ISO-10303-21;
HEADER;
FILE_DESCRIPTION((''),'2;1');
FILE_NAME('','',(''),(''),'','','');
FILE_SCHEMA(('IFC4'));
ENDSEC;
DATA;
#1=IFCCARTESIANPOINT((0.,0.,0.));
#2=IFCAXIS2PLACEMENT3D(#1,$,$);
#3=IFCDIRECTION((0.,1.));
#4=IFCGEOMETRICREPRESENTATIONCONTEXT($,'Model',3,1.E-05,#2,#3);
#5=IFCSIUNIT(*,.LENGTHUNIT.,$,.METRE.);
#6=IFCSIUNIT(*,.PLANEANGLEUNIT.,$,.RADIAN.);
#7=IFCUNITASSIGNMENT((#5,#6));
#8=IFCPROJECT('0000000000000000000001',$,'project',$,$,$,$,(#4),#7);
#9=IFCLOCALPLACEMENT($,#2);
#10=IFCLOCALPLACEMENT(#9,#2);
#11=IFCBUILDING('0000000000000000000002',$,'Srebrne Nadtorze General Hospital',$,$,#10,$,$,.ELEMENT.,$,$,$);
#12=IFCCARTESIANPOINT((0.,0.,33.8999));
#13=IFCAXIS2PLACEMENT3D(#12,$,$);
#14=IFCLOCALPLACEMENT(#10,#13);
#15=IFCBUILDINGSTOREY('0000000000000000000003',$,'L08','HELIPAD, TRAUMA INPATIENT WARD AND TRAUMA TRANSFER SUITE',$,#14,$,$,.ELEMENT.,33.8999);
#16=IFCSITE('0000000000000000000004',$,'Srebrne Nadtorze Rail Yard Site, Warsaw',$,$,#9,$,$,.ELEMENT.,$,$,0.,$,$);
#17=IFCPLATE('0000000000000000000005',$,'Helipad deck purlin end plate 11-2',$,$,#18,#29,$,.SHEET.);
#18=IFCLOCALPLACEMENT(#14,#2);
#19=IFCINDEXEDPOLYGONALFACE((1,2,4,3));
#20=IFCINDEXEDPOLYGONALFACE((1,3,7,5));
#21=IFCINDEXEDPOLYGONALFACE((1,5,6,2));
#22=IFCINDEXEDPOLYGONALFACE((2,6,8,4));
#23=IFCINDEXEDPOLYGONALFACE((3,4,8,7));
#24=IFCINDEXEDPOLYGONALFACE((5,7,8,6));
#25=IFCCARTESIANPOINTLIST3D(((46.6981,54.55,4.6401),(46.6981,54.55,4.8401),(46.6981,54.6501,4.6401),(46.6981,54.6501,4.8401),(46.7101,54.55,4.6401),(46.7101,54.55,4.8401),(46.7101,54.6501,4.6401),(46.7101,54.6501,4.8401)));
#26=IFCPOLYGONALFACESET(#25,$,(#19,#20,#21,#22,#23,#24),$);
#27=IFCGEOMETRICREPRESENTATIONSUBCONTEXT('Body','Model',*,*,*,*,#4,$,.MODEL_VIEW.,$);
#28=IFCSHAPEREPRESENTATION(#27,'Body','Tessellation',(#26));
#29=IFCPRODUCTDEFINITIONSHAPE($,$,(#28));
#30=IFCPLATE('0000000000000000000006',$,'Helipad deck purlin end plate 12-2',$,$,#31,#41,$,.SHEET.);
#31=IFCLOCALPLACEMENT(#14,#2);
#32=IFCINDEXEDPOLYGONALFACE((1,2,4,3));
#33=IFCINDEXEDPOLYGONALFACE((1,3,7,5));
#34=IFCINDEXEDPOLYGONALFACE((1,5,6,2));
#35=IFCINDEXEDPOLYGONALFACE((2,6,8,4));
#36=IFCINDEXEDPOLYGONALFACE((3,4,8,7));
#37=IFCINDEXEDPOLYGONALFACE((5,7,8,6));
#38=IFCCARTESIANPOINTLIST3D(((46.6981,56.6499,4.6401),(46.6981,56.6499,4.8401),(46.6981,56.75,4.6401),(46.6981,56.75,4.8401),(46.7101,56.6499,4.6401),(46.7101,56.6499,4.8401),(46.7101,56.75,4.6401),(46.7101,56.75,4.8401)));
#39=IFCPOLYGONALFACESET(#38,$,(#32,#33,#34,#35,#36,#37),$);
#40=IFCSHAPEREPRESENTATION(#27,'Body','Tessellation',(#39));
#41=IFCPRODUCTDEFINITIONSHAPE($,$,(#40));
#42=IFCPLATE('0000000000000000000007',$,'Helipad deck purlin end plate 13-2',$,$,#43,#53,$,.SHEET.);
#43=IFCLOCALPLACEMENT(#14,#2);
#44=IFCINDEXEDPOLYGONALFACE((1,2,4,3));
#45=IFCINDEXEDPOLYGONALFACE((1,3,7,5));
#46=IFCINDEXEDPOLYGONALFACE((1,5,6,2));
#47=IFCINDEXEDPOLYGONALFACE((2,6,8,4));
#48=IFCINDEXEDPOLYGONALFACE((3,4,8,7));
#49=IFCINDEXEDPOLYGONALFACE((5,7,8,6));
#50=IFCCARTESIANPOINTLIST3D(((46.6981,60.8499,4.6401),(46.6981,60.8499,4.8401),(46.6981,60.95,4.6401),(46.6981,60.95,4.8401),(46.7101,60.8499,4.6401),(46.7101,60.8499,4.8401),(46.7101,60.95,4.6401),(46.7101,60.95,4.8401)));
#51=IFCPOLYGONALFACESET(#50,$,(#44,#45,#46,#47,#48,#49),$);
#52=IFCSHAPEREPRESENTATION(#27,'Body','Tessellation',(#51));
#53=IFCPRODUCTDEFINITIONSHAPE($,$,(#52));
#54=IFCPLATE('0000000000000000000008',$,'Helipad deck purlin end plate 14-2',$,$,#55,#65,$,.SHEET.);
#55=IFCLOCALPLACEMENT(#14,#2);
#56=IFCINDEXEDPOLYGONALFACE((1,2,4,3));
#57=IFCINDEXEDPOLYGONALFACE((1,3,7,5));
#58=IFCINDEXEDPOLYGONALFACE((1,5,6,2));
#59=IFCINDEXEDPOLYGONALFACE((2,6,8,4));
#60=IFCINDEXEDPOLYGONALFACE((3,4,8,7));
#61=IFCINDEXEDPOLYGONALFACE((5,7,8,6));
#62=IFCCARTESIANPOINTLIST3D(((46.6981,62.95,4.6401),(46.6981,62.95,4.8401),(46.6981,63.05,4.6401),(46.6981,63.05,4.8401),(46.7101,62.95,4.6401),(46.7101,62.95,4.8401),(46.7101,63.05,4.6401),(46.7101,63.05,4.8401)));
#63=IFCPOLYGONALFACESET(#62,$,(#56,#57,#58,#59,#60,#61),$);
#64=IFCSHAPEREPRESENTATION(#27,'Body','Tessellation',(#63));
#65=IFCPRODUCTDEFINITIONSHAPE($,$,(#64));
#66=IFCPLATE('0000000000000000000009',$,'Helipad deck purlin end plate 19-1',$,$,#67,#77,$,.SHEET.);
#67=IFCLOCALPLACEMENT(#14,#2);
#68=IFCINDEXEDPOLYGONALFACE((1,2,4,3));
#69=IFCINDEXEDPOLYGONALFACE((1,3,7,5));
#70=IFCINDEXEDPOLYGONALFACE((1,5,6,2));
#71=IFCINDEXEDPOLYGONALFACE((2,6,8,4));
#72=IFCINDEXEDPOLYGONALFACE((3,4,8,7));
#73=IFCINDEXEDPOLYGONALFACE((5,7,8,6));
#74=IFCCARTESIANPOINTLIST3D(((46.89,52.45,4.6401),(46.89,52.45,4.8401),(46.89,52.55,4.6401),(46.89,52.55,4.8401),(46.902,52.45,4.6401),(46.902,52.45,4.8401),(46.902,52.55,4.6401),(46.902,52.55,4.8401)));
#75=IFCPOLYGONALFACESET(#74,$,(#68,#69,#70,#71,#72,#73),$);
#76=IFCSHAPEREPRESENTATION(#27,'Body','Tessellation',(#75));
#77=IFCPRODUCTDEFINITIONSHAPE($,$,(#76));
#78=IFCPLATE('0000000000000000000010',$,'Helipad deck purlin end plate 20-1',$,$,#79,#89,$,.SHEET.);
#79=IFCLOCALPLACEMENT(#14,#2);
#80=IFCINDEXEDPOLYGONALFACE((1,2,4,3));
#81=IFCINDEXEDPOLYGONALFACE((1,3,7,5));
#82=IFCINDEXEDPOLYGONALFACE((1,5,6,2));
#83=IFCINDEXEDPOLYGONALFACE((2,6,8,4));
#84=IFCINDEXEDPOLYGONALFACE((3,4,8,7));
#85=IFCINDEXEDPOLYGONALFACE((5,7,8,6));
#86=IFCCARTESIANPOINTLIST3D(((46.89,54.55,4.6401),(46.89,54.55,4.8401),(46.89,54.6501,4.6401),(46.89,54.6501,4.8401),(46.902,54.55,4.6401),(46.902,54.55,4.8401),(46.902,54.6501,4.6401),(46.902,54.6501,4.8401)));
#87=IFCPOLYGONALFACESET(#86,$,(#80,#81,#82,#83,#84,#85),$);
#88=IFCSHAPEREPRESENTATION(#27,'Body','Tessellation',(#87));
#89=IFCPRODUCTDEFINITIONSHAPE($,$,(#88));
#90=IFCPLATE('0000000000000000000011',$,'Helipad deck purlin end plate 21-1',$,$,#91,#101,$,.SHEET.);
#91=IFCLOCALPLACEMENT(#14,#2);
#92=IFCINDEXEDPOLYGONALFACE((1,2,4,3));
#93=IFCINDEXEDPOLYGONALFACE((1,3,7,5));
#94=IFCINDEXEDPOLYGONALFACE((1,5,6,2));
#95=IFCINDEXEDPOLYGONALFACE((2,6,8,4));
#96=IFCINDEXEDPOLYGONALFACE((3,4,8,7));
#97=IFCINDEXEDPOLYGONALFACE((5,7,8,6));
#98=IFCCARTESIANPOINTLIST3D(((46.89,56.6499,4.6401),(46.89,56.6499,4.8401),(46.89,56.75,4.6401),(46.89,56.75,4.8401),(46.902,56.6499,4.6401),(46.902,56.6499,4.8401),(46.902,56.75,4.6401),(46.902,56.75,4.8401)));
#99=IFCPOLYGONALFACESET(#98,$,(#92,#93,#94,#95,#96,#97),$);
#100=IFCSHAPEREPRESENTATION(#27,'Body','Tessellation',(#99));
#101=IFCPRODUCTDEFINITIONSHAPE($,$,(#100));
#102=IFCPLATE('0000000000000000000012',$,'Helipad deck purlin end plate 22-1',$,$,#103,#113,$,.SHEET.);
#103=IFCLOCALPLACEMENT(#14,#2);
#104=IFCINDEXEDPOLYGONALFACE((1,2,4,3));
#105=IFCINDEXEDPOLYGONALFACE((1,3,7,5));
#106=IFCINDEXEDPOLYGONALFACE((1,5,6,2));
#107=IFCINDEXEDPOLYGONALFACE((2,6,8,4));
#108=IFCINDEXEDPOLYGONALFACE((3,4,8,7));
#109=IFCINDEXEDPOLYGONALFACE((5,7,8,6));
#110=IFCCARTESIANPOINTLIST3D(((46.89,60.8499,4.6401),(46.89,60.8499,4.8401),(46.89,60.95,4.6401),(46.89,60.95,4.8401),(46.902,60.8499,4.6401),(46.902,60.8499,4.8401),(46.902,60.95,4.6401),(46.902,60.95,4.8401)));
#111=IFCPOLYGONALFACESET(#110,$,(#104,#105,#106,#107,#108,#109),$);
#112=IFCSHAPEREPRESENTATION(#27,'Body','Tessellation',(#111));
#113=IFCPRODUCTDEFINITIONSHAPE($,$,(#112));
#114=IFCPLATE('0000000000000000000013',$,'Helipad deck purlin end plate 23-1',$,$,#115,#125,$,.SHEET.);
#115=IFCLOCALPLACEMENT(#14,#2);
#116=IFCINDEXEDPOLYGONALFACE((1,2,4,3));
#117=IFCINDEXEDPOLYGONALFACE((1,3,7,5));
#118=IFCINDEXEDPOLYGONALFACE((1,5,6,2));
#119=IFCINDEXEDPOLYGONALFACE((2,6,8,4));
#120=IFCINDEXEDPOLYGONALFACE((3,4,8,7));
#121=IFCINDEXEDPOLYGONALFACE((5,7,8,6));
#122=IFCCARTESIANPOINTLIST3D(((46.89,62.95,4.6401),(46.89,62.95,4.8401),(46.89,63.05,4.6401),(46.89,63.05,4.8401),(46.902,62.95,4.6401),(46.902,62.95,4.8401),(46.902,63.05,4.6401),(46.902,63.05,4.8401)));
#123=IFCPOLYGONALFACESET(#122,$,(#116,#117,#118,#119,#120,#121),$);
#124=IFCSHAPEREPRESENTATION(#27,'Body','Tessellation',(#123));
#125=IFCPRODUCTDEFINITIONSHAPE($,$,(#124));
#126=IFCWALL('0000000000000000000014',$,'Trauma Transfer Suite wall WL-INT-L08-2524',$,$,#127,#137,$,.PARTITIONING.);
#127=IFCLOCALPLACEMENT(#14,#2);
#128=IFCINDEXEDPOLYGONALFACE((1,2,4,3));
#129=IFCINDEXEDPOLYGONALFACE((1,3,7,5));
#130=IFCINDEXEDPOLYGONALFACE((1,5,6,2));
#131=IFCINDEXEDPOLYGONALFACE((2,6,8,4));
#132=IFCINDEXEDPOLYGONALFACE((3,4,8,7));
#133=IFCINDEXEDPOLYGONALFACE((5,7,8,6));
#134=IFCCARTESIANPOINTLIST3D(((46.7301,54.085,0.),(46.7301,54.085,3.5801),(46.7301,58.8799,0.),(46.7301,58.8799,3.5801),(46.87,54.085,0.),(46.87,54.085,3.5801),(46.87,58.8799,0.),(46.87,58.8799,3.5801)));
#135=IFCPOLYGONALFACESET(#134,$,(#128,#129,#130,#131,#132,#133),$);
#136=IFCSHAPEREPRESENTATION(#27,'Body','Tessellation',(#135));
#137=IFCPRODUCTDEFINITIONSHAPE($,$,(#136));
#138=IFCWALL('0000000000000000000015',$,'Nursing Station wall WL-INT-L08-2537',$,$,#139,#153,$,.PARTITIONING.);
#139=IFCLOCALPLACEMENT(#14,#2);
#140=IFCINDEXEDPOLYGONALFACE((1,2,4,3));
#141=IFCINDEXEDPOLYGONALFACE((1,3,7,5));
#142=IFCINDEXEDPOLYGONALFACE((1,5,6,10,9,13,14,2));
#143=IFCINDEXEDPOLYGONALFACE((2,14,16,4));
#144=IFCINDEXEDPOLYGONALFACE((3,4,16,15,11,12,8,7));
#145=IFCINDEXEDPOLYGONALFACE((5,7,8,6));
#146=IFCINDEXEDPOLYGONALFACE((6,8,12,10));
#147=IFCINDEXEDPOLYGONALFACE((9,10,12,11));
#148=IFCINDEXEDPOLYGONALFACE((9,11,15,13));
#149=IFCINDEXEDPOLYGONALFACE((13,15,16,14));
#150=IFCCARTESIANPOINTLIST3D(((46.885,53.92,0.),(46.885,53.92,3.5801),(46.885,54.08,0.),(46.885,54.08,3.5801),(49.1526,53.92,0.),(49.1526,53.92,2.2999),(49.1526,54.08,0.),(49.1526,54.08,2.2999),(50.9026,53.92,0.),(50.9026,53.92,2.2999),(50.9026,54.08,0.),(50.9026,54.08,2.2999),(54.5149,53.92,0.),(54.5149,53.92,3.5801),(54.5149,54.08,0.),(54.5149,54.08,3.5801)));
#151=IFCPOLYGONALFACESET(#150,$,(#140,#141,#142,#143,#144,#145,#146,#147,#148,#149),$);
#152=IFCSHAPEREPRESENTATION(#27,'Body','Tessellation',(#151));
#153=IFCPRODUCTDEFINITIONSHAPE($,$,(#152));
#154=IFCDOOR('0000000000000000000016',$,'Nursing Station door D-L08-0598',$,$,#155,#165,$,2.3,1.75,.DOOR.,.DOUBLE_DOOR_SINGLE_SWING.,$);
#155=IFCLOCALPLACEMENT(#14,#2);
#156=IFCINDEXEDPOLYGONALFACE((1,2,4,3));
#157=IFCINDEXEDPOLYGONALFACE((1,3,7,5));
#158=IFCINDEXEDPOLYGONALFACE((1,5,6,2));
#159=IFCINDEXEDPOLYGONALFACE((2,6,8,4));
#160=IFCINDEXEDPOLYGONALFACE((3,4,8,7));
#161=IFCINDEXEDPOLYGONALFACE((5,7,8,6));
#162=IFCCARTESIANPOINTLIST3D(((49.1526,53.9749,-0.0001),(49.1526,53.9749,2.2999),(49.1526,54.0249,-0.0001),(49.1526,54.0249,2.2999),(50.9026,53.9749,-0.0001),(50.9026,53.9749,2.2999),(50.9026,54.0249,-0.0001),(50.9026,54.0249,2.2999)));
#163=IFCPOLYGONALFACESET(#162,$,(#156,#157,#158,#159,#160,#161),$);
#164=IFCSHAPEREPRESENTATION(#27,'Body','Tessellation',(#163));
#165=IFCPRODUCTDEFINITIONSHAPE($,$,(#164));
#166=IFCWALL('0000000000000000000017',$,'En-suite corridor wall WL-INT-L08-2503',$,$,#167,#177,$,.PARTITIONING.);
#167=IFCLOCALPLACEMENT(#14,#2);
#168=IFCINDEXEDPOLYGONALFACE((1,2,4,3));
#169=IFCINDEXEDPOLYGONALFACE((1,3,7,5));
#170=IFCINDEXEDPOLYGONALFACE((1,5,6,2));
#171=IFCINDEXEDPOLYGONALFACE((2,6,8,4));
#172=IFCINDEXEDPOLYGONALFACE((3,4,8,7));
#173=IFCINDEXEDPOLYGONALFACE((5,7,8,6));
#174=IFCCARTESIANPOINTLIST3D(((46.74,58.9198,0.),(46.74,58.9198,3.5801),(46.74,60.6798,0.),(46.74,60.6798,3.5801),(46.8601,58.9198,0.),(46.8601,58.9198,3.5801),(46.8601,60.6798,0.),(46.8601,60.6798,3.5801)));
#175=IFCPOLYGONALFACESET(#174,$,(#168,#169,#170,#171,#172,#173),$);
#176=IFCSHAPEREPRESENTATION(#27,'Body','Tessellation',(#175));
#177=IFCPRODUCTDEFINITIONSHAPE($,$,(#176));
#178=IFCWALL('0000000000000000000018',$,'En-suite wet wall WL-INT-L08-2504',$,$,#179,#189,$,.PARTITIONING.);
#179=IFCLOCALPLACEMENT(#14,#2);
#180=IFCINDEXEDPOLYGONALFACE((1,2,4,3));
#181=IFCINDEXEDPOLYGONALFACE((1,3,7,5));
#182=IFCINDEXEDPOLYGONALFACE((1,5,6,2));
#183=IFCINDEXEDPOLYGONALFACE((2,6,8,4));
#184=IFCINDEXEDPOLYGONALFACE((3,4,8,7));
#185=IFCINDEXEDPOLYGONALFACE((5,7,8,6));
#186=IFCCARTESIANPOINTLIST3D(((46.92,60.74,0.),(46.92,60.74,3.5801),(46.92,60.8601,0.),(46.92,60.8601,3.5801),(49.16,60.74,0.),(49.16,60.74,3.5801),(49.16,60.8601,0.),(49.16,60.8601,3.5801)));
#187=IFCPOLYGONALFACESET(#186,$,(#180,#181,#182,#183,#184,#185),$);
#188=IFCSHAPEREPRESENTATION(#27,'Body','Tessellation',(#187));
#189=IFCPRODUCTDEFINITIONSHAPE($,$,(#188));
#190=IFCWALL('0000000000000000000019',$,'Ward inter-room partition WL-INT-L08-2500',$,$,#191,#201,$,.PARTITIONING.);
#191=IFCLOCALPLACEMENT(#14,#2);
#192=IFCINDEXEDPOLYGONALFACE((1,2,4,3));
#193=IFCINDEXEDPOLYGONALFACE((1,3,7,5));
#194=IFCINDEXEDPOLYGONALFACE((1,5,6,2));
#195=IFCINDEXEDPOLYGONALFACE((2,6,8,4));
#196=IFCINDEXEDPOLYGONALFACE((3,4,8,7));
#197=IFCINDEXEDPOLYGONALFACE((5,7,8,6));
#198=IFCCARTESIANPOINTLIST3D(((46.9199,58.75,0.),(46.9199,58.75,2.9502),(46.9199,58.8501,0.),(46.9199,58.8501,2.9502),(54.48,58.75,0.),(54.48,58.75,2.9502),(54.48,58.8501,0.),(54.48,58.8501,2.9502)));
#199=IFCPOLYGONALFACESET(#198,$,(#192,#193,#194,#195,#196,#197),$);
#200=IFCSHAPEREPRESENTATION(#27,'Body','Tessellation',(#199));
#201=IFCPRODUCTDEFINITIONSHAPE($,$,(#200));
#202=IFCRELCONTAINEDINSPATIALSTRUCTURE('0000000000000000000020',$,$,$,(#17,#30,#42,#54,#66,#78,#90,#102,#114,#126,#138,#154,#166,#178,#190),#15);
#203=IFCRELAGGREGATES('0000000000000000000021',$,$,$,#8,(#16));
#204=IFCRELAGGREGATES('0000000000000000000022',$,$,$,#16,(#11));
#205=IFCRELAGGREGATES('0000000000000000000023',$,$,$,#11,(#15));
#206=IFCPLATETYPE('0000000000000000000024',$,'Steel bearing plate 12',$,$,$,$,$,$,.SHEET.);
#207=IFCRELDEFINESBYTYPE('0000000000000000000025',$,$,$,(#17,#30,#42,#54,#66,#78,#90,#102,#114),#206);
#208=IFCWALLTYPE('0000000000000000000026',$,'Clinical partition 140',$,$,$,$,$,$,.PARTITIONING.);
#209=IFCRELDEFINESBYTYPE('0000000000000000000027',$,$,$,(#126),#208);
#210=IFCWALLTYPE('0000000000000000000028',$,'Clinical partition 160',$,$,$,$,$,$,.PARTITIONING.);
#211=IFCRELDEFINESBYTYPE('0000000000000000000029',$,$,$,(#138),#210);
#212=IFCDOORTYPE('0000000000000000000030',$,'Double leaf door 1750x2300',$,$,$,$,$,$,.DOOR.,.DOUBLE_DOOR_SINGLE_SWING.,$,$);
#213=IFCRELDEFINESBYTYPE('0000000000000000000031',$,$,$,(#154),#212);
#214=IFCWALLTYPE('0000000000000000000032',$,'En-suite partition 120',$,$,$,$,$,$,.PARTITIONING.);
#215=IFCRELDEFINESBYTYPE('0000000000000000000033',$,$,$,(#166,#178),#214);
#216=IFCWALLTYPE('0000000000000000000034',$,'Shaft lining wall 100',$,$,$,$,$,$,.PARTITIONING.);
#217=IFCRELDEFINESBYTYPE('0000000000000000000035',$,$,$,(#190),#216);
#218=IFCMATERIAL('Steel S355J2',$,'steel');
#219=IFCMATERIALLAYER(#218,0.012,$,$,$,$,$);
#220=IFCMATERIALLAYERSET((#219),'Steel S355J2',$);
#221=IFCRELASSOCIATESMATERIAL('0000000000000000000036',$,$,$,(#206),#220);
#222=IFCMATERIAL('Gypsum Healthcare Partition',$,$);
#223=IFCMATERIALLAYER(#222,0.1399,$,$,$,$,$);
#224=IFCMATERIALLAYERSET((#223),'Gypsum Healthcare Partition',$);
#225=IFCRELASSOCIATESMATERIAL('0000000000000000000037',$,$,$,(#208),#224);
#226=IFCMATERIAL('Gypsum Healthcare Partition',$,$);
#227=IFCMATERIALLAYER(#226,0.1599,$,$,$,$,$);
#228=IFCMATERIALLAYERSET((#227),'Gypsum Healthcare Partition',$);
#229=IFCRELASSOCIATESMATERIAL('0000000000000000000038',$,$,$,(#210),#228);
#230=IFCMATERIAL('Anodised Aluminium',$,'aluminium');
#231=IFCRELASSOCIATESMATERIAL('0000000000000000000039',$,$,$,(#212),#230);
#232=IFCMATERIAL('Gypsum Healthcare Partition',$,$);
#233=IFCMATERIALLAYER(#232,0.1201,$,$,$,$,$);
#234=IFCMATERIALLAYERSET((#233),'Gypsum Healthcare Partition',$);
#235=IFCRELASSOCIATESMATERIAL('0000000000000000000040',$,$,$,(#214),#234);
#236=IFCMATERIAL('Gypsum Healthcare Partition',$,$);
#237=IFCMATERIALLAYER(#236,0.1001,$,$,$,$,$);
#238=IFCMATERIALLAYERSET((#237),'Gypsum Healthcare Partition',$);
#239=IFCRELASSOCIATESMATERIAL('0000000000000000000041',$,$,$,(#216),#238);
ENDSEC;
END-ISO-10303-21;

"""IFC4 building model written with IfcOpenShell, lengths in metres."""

from ifc_helpers import new_model, si_unit, direction, frame, frame_2d, origin, origin_2d, place, context, subcontext, project, spatial, rectangle, extrude, material, layer, layer_set, type_object, element, fill, save


model = new_model("IFC4")

# Units and contexts
model_context = context("Model", 3, precision=1e-05, world=origin(), true_north=direction((0.0, 1.0)))
body_context = subcontext(model_context, "Body", "Model", "MODEL_VIEW")
ifc_project = project(units=[si_unit("LENGTHUNIT", "METRE"), si_unit("PLANEANGLEUNIT", "RADIAN")], contexts=[model_context])

# Site, building, storey
site_placement = place(None, origin())
site = spatial("IfcSite", under=ifc_project, at=site_placement, Name="Srebrne Nadtorze Rail Yard Site, Warsaw", CompositionType="ELEMENT", RefElevation=0.0)
building_placement = place(site_placement, origin())
building = spatial("IfcBuilding", under=site, at=building_placement, Name="Srebrne Nadtorze General Hospital", CompositionType="ELEMENT")
storey_placement = place(building_placement, frame((0.0, 0.0, 33.8999)))
storey = spatial("IfcBuildingStorey", under=building, at=storey_placement, Name="L08", Description="HELIPAD, TRAUMA INPATIENT WARD AND TRAUMA TRANSFER SUITE", CompositionType="ELEMENT", Elevation=33.8999)

# Plates
ifc_material_1 = material(Name="Steel S355J2", Category="steel")
ifc_layer_1 = layer(ifc_material_1, 0.012)
ifc_layer_set_1 = layer_set([ifc_layer_1], Name="Steel S355J2")
plate_type = type_object("IfcPlateType", Name="Steel bearing plate 12", PredefinedType="SHEET", material=ifc_layer_set_1)
for number, where, z_axis, x_axis, name in (
    (1, (46.7041, 54.6001, 4.6401), (0.0, 0.0, 1.0), (1.0, 0.0, 0.0), "Helipad deck purlin end plate 11-2"),
    (2, (46.7041, 56.7, 4.6401), (0.0, 0.0, 1.0), (1.0, 0.0, 0.0), "Helipad deck purlin end plate 12-2"),
    (3, (46.7041, 60.8999, 4.6401), (0.0, 0.0, 1.0), (1.0, 0.0, 0.0), "Helipad deck purlin end plate 13-2"),
    (4, (46.7041, 63.0, 4.6401), (0.0, 0.0, 1.0), (1.0, 0.0, 0.0), "Helipad deck purlin end plate 14-2"),
    (5, (46.896, 52.5, 4.6401), (0.0, 0.0, 1.0), (1.0, 0.0, 0.0), "Helipad deck purlin end plate 19-1"),
    (6, (46.896, 54.6001, 4.6401), (0.0, 0.0, 1.0), (1.0, 0.0, 0.0), "Helipad deck purlin end plate 20-1"),
    (7, (46.896, 56.7, 4.6401), (0.0, 0.0, 1.0), (1.0, 0.0, 0.0), "Helipad deck purlin end plate 21-1"),
    (8, (46.896, 60.8999, 4.6401), (0.0, 0.0, 1.0), (1.0, 0.0, 0.0), "Helipad deck purlin end plate 22-1"),
    (9, (46.896, 63.0, 4.6401), (0.0, 0.0, 1.0), (1.0, 0.0, 0.0), "Helipad deck purlin end plate 23-1"),
):
    element("IfcPlate", number, at=place(storey_placement, frame(where, z_axis=z_axis, x_axis=x_axis)), inside=storey, type_object=plate_type, Name=name, PredefinedType="SHEET", context=body_context, shape_type="SweptSolid", body=[
        extrude(rectangle(XDim=0.012, YDim=0.1001, at=origin_2d()), origin(), (0.0, 0.0, 1.0), 0.2),
    ])

# Wall
ifc_material_2 = material(Name="Gypsum Healthcare Partition")
ifc_layer_2 = layer(ifc_material_2, 0.1399)
ifc_layer_set_2 = layer_set([ifc_layer_2], Name="Gypsum Healthcare Partition")
wall_type_1 = type_object("IfcWallType", Name="Clinical partition 140", PredefinedType="PARTITIONING", material=ifc_layer_set_2)
wall_1_placement = place(storey_placement, frame((46.8, 54.085, 0.0), z_axis=(0.0, 0.0, 1.0), x_axis=(0.0, 1.0, 0.0)))
element("IfcWall", 10, at=wall_1_placement, inside=storey, type_object=wall_type_1, Name="Trauma Transfer Suite wall WL-INT-L08-2524", PredefinedType="PARTITIONING", context=body_context, shape_type="SweptSolid", body=[
    extrude(rectangle(XDim=4.7949, YDim=0.1399, at=frame_2d((2.3975, 0.0))), origin(), (0.0, 0.0, 1.0), 3.5801),
])

# Wall, opening, door
ifc_material_3 = material(Name="Gypsum Healthcare Partition")
ifc_layer_3 = layer(ifc_material_3, 0.1599)
ifc_layer_set_3 = layer_set([ifc_layer_3], Name="Gypsum Healthcare Partition")
wall_type_2 = type_object("IfcWallType", Name="Clinical partition 160", PredefinedType="PARTITIONING", material=ifc_layer_set_3)
wall_2_placement = place(storey_placement, frame((46.885, 54.0, 0.0), z_axis=(0.0, 0.0, 1.0), x_axis=(1.0, 0.0, 0.0)))
wall_2 = element("IfcWall", 11, at=wall_2_placement, inside=storey, type_object=wall_type_2, Name="Nursing Station wall WL-INT-L08-2537", PredefinedType="PARTITIONING", context=body_context, shape_type="SweptSolid", body=[
    extrude(rectangle(XDim=7.6299, YDim=0.1599, at=frame_2d((3.8149, 0.0))), origin(), (0.0, 0.0, 1.0), 3.5801),
])
opening_1_placement = place(wall_2_placement, frame((2.2676, 0.0, 0.0)))
opening_1 = element("IfcOpeningElement", 12, at=opening_1_placement, cuts=wall_2, PredefinedType="OPENING", context=body_context, shape_type="SweptSolid", body=[
    extrude(rectangle(XDim=1.75, YDim=2.3, at=frame_2d((0.875, 1.1499))), frame((0.0, 0.0918, 0.0), z_axis=(0.0, -1.0, 0.0), x_axis=(1.0, 0.0, 0.0)), (0.0, 0.0, 1.0), 0.1838),
])
ifc_material_4 = material(Name="Anodised Aluminium", Category="aluminium")
door_type_1 = type_object("IfcDoorType", Name="Double leaf door 1750x2300", OperationType="DOUBLE_DOOR_SINGLE_SWING", PredefinedType="DOOR", material=ifc_material_4)
door_1_placement = place(opening_1_placement, origin())
door_1 = element("IfcDoor", 13, at=door_1_placement, inside=storey, type_object=door_type_1, Name="Nursing Station door D-L08-0598", OperationType="DOUBLE_DOOR_SINGLE_SWING", OverallHeight=2.3, OverallWidth=1.75, PredefinedType="DOOR", context=body_context, shape_type="SweptSolid", body=[
    extrude(rectangle(XDim=1.75, YDim=2.3, at=frame_2d((0.875, 1.1499))), frame((0.0, 0.0249, 0.0), z_axis=(0.0, -1.0, 0.0), x_axis=(1.0, 0.0, 0.0)), (0.0, 0.0, 1.0), 0.05),
])
fill(opening_1, door_1)

# Walls
ifc_material_5 = material(Name="Gypsum Healthcare Partition")
ifc_layer_4 = layer(ifc_material_5, 0.1201)
ifc_layer_set_4 = layer_set([ifc_layer_4], Name="Gypsum Healthcare Partition")
wall_type_3 = type_object("IfcWallType", Name="En-suite partition 120", PredefinedType="PARTITIONING", material=ifc_layer_set_4)
wall_3_placement = place(storey_placement, frame((46.8, 58.9199, 0.0), z_axis=(0.0, 0.0, 1.0), x_axis=(0.0, 1.0, 0.0)))
element("IfcWall", 14, at=wall_3_placement, inside=storey, type_object=wall_type_3, Name="En-suite corridor wall WL-INT-L08-2503", PredefinedType="PARTITIONING", context=body_context, shape_type="SweptSolid", body=[
    extrude(rectangle(XDim=1.76, YDim=0.1201, at=frame_2d((0.8799, 0.0))), origin(), (0.0, 0.0, 1.0), 3.5801),
])
wall_4_placement = place(storey_placement, frame((46.9199, 60.8, 0.0), z_axis=(0.0, 0.0, 1.0), x_axis=(1.0, 0.0, 0.0)))
element("IfcWall", 15, at=wall_4_placement, inside=storey, type_object=wall_type_3, Name="En-suite wet wall WL-INT-L08-2504", PredefinedType="PARTITIONING", context=body_context, shape_type="SweptSolid", body=[
    extrude(rectangle(XDim=2.24, YDim=0.1201, at=frame_2d((1.1201, 0.0))), origin(), (0.0, 0.0, 1.0), 3.5801),
])
ifc_material_6 = material(Name="Gypsum Healthcare Partition")
ifc_layer_5 = layer(ifc_material_6, 0.1001)
ifc_layer_set_5 = layer_set([ifc_layer_5], Name="Gypsum Healthcare Partition")
wall_type_4 = type_object("IfcWallType", Name="Shaft lining wall 100", PredefinedType="PARTITIONING", material=ifc_layer_set_5)
wall_5_placement = place(storey_placement, frame((46.9199, 58.8, 0.0), z_axis=(0.0, 0.0, 1.0), x_axis=(1.0, 0.0, 0.0)))
element("IfcWall", 16, at=wall_5_placement, inside=storey, type_object=wall_type_4, Name="Ward inter-room partition WL-INT-L08-2500", PredefinedType="PARTITIONING", context=body_context, shape_type="SweptSolid", body=[
    extrude(rectangle(XDim=7.5601, YDim=0.1001, at=frame_2d((3.78, 0.0))), origin(), (0.0, 0.0, 1.0), 2.9502),
])

save(model, "model.ifc")
